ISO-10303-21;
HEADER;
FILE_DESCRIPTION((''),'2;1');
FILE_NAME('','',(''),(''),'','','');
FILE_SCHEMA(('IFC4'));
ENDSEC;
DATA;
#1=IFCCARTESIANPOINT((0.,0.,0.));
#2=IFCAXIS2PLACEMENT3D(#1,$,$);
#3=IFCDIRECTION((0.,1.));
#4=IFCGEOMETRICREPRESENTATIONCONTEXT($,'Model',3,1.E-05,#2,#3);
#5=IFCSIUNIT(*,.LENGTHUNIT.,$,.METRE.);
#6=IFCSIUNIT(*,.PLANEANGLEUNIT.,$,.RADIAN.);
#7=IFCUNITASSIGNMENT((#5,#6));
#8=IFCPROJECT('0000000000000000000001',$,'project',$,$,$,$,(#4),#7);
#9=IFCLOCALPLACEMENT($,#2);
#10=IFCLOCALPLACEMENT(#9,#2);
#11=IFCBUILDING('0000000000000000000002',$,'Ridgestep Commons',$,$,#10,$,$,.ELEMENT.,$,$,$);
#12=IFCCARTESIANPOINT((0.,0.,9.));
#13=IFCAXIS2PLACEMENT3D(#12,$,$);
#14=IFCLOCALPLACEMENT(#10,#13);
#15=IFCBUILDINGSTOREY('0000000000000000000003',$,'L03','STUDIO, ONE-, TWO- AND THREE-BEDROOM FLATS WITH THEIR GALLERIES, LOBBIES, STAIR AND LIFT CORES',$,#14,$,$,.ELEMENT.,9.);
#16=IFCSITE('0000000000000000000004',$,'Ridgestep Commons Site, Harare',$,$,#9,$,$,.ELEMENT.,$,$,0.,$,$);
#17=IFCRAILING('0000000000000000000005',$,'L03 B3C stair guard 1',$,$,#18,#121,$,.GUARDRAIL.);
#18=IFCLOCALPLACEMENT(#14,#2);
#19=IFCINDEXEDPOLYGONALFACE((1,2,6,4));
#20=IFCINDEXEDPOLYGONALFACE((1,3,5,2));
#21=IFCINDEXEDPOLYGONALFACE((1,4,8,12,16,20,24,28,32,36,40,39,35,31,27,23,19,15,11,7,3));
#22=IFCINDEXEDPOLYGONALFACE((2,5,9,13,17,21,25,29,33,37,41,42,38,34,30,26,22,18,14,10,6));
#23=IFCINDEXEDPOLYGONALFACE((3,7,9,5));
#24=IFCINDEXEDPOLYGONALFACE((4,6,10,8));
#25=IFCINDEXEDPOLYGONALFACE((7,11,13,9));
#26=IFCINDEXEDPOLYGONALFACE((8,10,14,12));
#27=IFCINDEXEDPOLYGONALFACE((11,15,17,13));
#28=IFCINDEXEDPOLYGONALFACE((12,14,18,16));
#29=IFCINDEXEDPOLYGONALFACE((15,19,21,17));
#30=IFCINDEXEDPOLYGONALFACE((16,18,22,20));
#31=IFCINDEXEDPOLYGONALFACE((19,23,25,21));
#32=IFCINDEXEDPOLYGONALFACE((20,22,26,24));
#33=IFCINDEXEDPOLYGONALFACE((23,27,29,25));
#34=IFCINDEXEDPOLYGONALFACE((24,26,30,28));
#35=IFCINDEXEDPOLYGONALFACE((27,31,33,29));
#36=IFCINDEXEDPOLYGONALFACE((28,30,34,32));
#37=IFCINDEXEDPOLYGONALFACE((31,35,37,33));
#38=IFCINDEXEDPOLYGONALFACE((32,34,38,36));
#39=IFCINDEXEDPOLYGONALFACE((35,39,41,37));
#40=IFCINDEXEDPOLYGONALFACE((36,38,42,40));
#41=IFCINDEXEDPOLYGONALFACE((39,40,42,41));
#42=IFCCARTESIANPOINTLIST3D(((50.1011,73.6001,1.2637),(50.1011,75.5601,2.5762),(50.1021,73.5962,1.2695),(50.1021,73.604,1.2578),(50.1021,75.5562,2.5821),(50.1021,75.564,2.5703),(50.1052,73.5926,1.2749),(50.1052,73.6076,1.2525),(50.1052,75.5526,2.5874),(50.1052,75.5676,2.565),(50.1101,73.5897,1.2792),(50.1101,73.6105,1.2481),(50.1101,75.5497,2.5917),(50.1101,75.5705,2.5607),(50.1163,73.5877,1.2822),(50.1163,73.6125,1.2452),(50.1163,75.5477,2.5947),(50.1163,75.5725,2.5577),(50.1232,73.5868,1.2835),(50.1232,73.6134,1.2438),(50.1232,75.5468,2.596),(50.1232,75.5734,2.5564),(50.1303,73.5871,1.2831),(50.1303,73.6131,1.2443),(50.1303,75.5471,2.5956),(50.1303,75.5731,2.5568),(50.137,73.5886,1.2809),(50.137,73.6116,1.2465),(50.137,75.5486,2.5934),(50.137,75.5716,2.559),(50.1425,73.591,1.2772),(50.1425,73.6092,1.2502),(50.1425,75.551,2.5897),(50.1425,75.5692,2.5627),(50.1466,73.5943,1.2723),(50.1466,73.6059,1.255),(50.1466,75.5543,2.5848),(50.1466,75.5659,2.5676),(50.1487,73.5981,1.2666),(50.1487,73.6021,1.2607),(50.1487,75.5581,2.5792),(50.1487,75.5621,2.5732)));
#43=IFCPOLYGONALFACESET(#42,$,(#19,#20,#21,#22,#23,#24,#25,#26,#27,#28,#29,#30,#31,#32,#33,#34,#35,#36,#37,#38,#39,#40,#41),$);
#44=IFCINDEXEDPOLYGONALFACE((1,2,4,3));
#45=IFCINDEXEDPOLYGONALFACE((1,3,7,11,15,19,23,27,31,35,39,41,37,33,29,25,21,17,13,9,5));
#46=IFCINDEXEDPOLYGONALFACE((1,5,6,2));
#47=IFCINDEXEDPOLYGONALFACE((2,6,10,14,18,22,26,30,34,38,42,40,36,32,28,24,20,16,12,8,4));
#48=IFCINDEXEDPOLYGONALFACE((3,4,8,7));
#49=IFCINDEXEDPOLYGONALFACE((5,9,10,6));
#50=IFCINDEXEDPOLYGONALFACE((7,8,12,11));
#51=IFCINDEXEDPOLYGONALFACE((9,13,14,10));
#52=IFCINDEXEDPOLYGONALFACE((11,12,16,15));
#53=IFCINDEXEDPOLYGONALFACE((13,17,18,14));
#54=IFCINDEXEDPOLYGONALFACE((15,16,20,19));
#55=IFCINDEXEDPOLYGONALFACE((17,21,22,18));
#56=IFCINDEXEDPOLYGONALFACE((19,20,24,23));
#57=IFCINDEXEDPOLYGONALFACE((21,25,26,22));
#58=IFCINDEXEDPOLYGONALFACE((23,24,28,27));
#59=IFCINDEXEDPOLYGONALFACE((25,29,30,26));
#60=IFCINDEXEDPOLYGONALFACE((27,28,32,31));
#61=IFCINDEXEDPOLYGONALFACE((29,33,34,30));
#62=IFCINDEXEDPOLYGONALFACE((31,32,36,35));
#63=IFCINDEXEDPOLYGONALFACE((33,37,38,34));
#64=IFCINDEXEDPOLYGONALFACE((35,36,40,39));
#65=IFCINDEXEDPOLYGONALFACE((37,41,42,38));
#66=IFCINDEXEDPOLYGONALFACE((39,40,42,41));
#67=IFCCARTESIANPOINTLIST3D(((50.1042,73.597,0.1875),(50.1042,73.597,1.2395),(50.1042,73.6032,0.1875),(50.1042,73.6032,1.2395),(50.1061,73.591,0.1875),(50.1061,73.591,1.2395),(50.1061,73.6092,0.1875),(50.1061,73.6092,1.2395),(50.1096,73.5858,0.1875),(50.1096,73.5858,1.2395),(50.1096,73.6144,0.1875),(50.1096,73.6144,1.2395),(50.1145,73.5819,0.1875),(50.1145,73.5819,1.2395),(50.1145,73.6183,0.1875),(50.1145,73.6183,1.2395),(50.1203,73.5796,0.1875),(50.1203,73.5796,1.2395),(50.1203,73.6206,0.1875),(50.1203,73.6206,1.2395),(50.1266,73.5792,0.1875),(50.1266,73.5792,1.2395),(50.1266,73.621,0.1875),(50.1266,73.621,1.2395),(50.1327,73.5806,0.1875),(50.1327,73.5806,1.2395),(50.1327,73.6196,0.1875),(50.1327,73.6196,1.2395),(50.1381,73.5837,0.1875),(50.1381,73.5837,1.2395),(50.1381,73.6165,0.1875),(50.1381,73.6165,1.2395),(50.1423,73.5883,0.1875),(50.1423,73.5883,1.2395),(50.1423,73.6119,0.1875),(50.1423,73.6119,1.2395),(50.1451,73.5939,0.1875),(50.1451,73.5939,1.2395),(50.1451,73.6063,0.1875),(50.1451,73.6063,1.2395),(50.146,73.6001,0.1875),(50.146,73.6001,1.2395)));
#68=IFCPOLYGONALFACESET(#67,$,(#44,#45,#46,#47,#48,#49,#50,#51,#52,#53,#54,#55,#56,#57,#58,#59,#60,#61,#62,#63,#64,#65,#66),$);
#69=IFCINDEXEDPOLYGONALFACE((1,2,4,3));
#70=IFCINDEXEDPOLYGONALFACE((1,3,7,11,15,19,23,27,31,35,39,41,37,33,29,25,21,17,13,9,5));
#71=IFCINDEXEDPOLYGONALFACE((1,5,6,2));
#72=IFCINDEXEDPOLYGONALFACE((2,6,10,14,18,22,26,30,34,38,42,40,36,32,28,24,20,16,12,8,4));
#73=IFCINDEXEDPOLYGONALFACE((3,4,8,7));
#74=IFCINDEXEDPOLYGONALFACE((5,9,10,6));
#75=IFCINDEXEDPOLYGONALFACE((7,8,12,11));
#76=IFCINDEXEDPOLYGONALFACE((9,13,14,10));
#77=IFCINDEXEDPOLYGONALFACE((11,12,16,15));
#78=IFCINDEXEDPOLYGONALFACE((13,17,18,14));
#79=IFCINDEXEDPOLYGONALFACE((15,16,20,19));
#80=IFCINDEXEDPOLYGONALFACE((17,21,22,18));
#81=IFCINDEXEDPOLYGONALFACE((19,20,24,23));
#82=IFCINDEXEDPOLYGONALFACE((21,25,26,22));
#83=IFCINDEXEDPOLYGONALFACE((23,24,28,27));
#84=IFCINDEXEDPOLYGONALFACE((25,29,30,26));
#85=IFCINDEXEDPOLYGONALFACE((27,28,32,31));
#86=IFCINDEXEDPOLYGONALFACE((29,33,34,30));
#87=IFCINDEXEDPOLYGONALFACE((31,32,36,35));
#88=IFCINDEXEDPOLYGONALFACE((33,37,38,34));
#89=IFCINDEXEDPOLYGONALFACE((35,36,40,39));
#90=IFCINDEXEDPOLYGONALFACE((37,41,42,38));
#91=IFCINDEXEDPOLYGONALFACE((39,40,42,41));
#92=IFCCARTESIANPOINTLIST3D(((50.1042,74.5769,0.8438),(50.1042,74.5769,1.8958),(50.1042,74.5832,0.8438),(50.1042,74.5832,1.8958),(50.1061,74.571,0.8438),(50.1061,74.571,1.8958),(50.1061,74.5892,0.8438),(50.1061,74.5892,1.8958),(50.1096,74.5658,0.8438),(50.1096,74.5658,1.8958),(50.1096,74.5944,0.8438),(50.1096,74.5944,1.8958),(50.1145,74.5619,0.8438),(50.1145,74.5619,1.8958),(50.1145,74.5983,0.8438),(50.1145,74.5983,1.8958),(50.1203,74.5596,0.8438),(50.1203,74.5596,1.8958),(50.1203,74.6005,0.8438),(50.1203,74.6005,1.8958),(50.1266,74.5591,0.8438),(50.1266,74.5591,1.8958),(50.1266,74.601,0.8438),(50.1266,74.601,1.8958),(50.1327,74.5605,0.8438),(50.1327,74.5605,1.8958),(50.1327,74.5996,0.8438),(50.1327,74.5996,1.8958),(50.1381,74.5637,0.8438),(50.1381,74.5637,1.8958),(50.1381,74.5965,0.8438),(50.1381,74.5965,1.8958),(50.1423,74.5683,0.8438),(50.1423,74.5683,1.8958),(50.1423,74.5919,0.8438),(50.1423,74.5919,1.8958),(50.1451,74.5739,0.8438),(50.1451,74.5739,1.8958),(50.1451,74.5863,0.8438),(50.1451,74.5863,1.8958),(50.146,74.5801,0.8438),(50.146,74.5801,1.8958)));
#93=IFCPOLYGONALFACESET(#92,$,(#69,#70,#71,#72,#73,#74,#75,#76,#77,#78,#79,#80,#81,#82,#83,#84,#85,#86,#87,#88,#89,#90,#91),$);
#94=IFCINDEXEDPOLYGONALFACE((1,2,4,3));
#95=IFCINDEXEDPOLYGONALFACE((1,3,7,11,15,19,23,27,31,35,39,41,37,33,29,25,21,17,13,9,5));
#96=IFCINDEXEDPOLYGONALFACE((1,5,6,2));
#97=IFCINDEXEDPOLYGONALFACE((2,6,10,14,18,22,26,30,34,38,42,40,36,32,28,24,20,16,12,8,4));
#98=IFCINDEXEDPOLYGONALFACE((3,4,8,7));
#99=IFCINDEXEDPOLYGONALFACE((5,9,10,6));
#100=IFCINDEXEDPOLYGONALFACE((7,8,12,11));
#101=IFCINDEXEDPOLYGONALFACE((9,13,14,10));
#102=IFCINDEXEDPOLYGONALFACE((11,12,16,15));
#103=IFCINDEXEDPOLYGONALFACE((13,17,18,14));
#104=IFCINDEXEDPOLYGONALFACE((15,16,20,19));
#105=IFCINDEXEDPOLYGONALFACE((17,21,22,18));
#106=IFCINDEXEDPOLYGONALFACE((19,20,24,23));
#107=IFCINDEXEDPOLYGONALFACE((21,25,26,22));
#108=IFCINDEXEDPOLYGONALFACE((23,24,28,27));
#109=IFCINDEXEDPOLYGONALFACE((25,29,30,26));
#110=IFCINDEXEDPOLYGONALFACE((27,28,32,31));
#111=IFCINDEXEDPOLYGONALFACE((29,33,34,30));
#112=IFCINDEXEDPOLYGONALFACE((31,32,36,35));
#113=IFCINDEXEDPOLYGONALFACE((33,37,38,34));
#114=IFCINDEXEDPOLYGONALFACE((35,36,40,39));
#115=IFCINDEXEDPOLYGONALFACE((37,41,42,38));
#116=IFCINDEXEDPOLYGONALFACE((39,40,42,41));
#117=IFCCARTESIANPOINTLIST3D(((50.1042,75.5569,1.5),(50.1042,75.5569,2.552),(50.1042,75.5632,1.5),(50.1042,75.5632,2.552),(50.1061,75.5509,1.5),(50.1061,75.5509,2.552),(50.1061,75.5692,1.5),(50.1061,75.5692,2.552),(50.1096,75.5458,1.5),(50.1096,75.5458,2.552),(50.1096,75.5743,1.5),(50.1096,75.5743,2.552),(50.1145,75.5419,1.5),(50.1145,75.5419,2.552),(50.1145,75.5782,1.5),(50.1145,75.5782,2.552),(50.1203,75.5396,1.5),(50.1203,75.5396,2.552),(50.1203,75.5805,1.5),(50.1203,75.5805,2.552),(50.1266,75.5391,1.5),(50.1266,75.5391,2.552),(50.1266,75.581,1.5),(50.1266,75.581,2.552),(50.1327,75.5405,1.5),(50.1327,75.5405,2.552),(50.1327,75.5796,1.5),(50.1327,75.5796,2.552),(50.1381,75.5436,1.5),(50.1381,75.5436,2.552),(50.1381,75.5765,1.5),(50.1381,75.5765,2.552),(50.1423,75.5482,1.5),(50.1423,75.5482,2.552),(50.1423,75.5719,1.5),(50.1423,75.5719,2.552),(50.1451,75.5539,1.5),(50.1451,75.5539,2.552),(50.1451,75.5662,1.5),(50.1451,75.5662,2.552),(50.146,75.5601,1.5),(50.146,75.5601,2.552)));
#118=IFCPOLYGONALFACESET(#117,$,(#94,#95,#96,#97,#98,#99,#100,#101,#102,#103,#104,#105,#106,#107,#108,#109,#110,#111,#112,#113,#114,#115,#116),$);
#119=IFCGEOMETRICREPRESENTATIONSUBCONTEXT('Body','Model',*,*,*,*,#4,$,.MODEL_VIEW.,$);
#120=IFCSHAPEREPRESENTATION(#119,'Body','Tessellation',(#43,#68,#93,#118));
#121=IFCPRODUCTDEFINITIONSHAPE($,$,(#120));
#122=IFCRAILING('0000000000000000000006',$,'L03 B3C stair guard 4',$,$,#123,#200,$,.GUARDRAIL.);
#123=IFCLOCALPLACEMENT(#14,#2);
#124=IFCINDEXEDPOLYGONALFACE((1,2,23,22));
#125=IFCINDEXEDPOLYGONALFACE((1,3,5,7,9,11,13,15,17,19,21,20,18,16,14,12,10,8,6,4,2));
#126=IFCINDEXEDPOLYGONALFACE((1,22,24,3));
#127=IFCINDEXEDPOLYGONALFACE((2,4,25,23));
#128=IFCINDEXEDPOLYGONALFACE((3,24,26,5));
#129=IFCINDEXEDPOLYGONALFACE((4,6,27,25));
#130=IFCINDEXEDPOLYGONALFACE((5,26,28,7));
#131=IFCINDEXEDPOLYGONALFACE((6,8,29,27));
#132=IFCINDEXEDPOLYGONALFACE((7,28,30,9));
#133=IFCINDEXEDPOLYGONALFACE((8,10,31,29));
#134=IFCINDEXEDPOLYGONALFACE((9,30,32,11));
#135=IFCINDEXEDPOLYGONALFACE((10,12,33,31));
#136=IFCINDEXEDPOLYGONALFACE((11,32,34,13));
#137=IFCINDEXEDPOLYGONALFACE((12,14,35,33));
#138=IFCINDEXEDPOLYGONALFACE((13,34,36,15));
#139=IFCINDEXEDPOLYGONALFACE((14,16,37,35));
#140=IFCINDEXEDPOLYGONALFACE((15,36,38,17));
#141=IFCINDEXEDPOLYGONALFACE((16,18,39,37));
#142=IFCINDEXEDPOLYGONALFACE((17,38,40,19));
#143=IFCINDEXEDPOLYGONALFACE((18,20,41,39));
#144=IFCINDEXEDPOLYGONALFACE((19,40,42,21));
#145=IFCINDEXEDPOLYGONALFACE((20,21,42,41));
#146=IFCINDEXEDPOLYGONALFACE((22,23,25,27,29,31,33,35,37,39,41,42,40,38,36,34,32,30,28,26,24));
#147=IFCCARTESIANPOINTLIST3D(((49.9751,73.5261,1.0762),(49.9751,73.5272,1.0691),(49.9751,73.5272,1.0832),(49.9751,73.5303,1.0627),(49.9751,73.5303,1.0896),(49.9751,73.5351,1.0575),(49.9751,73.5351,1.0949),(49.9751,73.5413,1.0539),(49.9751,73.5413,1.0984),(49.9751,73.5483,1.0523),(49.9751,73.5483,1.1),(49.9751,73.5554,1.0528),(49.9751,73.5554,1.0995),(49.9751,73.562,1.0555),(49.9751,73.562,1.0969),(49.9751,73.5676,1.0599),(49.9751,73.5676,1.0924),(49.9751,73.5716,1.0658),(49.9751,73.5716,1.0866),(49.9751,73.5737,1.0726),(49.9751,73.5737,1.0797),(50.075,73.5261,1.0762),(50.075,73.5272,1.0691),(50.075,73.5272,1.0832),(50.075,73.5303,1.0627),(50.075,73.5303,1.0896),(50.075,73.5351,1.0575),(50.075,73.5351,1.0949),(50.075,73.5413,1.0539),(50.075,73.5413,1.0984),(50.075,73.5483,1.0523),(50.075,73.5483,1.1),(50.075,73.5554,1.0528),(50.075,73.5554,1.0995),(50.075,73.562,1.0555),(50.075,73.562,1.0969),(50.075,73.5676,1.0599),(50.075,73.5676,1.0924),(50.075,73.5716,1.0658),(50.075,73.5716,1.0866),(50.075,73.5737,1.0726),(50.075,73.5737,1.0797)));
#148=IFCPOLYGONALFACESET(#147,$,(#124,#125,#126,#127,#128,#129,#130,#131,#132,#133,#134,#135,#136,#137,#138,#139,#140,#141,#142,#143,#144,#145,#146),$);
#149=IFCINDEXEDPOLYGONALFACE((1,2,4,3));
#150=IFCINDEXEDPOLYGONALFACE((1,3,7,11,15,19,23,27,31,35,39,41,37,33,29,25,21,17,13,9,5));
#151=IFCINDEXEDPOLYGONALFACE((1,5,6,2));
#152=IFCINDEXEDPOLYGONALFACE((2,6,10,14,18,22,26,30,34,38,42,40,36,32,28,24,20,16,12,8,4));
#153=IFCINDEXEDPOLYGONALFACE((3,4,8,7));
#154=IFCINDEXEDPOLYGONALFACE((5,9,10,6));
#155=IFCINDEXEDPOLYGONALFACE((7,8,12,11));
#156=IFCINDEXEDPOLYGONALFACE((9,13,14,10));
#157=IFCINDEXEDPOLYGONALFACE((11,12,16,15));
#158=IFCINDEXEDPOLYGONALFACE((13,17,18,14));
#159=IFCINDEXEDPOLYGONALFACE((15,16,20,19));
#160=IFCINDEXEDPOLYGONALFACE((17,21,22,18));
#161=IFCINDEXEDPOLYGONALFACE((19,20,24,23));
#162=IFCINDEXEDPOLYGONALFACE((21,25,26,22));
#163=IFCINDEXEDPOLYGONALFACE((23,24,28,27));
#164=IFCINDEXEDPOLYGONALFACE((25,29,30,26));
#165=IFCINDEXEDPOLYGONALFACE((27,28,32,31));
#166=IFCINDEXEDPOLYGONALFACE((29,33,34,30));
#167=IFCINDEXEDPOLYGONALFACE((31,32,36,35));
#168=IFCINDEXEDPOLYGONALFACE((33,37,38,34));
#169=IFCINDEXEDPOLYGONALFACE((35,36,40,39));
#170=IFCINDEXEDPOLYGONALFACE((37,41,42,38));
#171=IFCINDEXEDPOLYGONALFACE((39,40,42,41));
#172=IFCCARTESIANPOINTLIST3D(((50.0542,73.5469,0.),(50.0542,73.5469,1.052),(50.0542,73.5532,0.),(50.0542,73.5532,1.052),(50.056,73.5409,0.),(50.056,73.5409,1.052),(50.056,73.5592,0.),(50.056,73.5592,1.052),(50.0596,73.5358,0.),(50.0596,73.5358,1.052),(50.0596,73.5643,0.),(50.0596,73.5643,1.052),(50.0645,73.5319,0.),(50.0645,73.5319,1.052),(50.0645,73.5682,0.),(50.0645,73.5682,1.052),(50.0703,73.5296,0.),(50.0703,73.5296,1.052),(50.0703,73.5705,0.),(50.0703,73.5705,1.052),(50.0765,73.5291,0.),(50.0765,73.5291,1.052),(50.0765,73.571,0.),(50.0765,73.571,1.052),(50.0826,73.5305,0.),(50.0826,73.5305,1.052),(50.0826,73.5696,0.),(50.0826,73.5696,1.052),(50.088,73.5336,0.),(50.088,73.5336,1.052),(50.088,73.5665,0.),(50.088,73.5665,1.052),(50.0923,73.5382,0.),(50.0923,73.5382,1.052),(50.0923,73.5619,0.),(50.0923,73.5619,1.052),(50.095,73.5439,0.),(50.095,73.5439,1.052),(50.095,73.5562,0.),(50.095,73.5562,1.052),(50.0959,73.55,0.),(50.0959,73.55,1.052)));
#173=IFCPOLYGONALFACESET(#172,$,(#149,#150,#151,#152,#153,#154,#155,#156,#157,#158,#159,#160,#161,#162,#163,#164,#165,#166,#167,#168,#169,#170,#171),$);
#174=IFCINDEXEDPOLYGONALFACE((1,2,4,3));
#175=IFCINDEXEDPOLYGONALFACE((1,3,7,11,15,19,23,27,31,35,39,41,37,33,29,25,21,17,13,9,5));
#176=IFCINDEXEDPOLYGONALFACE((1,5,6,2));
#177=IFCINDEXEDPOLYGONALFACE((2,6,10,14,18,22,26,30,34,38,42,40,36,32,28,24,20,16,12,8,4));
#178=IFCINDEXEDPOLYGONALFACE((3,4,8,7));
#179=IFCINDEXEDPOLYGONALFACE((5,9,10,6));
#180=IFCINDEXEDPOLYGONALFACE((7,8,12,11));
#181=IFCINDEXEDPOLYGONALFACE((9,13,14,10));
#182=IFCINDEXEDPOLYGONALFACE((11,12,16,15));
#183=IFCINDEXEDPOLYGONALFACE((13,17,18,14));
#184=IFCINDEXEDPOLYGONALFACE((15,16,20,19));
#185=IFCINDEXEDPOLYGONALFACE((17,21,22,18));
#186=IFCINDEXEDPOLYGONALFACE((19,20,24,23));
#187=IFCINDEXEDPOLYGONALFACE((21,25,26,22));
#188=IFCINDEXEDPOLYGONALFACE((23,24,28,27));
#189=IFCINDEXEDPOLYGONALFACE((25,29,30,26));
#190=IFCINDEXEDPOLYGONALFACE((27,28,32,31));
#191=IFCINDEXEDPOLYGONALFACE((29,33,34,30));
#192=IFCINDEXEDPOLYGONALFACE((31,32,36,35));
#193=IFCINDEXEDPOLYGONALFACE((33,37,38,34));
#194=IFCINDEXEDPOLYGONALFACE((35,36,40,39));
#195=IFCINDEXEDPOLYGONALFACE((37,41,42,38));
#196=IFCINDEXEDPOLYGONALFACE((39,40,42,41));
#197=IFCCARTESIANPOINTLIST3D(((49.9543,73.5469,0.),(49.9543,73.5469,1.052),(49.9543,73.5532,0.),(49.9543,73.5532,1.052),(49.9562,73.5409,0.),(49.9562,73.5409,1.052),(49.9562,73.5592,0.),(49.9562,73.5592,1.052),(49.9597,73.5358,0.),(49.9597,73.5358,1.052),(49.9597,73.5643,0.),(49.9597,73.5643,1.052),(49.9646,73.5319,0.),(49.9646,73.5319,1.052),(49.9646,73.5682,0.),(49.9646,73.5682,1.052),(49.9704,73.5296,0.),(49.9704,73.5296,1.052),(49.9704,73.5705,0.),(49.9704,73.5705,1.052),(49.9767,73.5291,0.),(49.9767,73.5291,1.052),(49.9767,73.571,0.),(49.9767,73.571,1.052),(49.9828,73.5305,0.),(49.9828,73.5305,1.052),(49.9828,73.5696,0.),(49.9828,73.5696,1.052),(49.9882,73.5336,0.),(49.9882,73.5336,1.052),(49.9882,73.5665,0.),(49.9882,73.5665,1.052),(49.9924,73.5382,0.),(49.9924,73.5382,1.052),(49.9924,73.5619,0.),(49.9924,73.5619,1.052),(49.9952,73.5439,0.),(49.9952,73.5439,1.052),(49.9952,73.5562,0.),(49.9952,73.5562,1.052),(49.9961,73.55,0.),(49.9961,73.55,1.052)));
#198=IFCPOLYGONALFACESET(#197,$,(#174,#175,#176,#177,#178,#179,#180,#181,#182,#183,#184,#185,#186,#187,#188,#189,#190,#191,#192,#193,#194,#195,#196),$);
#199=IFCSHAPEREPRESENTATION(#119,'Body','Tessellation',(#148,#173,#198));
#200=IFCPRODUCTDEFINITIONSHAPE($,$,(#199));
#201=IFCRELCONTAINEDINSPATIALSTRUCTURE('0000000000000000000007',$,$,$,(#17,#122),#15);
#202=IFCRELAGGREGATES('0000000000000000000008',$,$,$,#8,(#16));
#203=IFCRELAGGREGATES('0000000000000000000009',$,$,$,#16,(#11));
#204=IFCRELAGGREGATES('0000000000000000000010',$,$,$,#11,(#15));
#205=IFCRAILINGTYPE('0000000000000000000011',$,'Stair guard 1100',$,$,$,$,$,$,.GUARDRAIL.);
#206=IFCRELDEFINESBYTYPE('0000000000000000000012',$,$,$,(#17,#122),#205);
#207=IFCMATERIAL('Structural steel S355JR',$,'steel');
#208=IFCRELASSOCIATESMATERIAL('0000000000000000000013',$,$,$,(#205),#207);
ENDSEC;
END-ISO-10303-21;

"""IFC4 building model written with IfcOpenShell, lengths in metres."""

from ifc_helpers import new_model, si_unit, direction, frame, origin, origin_2d, place, context, subcontext, project, spatial, circle, extrude, material, type_object, element, save


model = new_model("IFC4")

# Units and contexts
model_context = context("Model", 3, precision=1e-05, world=origin(), true_north=direction((0.0, 1.0)))
body_context = subcontext(model_context, "Body", "Model", "MODEL_VIEW")
ifc_project = project(units=[si_unit("LENGTHUNIT", "METRE"), si_unit("PLANEANGLEUNIT", "RADIAN")], contexts=[model_context])

# Site, building, storey
site_placement = place(None, origin())
site = spatial("IfcSite", under=ifc_project, at=site_placement, Name="Ridgestep Commons Site, Harare", CompositionType="ELEMENT", RefElevation=0.0)
building_placement = place(site_placement, origin())
building = spatial("IfcBuilding", under=site, at=building_placement, Name="Ridgestep Commons", CompositionType="ELEMENT")
storey_placement = place(building_placement, frame((0.0, 0.0, 9.0)))
storey = spatial("IfcBuildingStorey", under=building, at=storey_placement, Name="L03", Description="STUDIO, ONE-, TWO- AND THREE-BEDROOM FLATS WITH THEIR GALLERIES, LOBBIES, STAIR AND LIFT CORES", CompositionType="ELEMENT", Elevation=9.0)

# Railings
ifc_material_1 = material(Name="Structural steel S355JR", Category="steel")
railing_type = type_object("IfcRailingType", Name="Stair guard 1100", PredefinedType="GUARDRAIL", material=ifc_material_1)
railing_1_placement = place(storey_placement, frame((50.125, 73.6001, 0.1875)))
element("IfcRailing", 1, at=railing_1_placement, inside=storey, type_object=railing_type, Name="L03 B3C stair guard 1", PredefinedType="GUARDRAIL", context=body_context, shape_type="SweptSolid", body=[
    extrude(circle(Radius=0.0239, at=origin_2d()), frame((0.0, 0.0, 1.0762), z_axis=(0.0, 0.830902, 0.556419), x_axis=(-1.0, 0.0, 0.0)), (0.0, 0.0, 1.0), 2.3589),
    extrude(circle(Radius=0.021, at=origin_2d()), origin(), (0.0, 0.0, 1.0), 1.052),
    extrude(circle(Radius=0.021, at=origin_2d()), frame((0.0, 0.98, 0.6562)), (0.0, 0.0, 1.0), 1.052),
    extrude(circle(Radius=0.021, at=origin_2d()), frame((0.0, 1.96, 1.3125)), (0.0, 0.0, 1.0), 1.052),
])
railing_2_placement = place(storey_placement, frame((50.075, 73.55, 0.0)))
element("IfcRailing", 2, at=railing_2_placement, inside=storey, type_object=railing_type, Name="L03 B3C stair guard 4", PredefinedType="GUARDRAIL", context=body_context, shape_type="SweptSolid", body=[
    extrude(circle(Radius=0.0239, at=origin_2d()), frame((0.0, 0.0, 1.0762), z_axis=(-1.0, 0.0, 0.0), x_axis=(0.0, -1.0, 0.0)), (0.0, 0.0, 1.0), 0.0999),
    extrude(circle(Radius=0.021, at=origin_2d()), origin(), (0.0, 0.0, 1.0), 1.052),
    extrude(circle(Radius=0.021, at=origin_2d()), frame((-0.0999, 0.0, 0.0)), (0.0, 0.0, 1.0), 1.052),
])

save(model, "model.ifc")
